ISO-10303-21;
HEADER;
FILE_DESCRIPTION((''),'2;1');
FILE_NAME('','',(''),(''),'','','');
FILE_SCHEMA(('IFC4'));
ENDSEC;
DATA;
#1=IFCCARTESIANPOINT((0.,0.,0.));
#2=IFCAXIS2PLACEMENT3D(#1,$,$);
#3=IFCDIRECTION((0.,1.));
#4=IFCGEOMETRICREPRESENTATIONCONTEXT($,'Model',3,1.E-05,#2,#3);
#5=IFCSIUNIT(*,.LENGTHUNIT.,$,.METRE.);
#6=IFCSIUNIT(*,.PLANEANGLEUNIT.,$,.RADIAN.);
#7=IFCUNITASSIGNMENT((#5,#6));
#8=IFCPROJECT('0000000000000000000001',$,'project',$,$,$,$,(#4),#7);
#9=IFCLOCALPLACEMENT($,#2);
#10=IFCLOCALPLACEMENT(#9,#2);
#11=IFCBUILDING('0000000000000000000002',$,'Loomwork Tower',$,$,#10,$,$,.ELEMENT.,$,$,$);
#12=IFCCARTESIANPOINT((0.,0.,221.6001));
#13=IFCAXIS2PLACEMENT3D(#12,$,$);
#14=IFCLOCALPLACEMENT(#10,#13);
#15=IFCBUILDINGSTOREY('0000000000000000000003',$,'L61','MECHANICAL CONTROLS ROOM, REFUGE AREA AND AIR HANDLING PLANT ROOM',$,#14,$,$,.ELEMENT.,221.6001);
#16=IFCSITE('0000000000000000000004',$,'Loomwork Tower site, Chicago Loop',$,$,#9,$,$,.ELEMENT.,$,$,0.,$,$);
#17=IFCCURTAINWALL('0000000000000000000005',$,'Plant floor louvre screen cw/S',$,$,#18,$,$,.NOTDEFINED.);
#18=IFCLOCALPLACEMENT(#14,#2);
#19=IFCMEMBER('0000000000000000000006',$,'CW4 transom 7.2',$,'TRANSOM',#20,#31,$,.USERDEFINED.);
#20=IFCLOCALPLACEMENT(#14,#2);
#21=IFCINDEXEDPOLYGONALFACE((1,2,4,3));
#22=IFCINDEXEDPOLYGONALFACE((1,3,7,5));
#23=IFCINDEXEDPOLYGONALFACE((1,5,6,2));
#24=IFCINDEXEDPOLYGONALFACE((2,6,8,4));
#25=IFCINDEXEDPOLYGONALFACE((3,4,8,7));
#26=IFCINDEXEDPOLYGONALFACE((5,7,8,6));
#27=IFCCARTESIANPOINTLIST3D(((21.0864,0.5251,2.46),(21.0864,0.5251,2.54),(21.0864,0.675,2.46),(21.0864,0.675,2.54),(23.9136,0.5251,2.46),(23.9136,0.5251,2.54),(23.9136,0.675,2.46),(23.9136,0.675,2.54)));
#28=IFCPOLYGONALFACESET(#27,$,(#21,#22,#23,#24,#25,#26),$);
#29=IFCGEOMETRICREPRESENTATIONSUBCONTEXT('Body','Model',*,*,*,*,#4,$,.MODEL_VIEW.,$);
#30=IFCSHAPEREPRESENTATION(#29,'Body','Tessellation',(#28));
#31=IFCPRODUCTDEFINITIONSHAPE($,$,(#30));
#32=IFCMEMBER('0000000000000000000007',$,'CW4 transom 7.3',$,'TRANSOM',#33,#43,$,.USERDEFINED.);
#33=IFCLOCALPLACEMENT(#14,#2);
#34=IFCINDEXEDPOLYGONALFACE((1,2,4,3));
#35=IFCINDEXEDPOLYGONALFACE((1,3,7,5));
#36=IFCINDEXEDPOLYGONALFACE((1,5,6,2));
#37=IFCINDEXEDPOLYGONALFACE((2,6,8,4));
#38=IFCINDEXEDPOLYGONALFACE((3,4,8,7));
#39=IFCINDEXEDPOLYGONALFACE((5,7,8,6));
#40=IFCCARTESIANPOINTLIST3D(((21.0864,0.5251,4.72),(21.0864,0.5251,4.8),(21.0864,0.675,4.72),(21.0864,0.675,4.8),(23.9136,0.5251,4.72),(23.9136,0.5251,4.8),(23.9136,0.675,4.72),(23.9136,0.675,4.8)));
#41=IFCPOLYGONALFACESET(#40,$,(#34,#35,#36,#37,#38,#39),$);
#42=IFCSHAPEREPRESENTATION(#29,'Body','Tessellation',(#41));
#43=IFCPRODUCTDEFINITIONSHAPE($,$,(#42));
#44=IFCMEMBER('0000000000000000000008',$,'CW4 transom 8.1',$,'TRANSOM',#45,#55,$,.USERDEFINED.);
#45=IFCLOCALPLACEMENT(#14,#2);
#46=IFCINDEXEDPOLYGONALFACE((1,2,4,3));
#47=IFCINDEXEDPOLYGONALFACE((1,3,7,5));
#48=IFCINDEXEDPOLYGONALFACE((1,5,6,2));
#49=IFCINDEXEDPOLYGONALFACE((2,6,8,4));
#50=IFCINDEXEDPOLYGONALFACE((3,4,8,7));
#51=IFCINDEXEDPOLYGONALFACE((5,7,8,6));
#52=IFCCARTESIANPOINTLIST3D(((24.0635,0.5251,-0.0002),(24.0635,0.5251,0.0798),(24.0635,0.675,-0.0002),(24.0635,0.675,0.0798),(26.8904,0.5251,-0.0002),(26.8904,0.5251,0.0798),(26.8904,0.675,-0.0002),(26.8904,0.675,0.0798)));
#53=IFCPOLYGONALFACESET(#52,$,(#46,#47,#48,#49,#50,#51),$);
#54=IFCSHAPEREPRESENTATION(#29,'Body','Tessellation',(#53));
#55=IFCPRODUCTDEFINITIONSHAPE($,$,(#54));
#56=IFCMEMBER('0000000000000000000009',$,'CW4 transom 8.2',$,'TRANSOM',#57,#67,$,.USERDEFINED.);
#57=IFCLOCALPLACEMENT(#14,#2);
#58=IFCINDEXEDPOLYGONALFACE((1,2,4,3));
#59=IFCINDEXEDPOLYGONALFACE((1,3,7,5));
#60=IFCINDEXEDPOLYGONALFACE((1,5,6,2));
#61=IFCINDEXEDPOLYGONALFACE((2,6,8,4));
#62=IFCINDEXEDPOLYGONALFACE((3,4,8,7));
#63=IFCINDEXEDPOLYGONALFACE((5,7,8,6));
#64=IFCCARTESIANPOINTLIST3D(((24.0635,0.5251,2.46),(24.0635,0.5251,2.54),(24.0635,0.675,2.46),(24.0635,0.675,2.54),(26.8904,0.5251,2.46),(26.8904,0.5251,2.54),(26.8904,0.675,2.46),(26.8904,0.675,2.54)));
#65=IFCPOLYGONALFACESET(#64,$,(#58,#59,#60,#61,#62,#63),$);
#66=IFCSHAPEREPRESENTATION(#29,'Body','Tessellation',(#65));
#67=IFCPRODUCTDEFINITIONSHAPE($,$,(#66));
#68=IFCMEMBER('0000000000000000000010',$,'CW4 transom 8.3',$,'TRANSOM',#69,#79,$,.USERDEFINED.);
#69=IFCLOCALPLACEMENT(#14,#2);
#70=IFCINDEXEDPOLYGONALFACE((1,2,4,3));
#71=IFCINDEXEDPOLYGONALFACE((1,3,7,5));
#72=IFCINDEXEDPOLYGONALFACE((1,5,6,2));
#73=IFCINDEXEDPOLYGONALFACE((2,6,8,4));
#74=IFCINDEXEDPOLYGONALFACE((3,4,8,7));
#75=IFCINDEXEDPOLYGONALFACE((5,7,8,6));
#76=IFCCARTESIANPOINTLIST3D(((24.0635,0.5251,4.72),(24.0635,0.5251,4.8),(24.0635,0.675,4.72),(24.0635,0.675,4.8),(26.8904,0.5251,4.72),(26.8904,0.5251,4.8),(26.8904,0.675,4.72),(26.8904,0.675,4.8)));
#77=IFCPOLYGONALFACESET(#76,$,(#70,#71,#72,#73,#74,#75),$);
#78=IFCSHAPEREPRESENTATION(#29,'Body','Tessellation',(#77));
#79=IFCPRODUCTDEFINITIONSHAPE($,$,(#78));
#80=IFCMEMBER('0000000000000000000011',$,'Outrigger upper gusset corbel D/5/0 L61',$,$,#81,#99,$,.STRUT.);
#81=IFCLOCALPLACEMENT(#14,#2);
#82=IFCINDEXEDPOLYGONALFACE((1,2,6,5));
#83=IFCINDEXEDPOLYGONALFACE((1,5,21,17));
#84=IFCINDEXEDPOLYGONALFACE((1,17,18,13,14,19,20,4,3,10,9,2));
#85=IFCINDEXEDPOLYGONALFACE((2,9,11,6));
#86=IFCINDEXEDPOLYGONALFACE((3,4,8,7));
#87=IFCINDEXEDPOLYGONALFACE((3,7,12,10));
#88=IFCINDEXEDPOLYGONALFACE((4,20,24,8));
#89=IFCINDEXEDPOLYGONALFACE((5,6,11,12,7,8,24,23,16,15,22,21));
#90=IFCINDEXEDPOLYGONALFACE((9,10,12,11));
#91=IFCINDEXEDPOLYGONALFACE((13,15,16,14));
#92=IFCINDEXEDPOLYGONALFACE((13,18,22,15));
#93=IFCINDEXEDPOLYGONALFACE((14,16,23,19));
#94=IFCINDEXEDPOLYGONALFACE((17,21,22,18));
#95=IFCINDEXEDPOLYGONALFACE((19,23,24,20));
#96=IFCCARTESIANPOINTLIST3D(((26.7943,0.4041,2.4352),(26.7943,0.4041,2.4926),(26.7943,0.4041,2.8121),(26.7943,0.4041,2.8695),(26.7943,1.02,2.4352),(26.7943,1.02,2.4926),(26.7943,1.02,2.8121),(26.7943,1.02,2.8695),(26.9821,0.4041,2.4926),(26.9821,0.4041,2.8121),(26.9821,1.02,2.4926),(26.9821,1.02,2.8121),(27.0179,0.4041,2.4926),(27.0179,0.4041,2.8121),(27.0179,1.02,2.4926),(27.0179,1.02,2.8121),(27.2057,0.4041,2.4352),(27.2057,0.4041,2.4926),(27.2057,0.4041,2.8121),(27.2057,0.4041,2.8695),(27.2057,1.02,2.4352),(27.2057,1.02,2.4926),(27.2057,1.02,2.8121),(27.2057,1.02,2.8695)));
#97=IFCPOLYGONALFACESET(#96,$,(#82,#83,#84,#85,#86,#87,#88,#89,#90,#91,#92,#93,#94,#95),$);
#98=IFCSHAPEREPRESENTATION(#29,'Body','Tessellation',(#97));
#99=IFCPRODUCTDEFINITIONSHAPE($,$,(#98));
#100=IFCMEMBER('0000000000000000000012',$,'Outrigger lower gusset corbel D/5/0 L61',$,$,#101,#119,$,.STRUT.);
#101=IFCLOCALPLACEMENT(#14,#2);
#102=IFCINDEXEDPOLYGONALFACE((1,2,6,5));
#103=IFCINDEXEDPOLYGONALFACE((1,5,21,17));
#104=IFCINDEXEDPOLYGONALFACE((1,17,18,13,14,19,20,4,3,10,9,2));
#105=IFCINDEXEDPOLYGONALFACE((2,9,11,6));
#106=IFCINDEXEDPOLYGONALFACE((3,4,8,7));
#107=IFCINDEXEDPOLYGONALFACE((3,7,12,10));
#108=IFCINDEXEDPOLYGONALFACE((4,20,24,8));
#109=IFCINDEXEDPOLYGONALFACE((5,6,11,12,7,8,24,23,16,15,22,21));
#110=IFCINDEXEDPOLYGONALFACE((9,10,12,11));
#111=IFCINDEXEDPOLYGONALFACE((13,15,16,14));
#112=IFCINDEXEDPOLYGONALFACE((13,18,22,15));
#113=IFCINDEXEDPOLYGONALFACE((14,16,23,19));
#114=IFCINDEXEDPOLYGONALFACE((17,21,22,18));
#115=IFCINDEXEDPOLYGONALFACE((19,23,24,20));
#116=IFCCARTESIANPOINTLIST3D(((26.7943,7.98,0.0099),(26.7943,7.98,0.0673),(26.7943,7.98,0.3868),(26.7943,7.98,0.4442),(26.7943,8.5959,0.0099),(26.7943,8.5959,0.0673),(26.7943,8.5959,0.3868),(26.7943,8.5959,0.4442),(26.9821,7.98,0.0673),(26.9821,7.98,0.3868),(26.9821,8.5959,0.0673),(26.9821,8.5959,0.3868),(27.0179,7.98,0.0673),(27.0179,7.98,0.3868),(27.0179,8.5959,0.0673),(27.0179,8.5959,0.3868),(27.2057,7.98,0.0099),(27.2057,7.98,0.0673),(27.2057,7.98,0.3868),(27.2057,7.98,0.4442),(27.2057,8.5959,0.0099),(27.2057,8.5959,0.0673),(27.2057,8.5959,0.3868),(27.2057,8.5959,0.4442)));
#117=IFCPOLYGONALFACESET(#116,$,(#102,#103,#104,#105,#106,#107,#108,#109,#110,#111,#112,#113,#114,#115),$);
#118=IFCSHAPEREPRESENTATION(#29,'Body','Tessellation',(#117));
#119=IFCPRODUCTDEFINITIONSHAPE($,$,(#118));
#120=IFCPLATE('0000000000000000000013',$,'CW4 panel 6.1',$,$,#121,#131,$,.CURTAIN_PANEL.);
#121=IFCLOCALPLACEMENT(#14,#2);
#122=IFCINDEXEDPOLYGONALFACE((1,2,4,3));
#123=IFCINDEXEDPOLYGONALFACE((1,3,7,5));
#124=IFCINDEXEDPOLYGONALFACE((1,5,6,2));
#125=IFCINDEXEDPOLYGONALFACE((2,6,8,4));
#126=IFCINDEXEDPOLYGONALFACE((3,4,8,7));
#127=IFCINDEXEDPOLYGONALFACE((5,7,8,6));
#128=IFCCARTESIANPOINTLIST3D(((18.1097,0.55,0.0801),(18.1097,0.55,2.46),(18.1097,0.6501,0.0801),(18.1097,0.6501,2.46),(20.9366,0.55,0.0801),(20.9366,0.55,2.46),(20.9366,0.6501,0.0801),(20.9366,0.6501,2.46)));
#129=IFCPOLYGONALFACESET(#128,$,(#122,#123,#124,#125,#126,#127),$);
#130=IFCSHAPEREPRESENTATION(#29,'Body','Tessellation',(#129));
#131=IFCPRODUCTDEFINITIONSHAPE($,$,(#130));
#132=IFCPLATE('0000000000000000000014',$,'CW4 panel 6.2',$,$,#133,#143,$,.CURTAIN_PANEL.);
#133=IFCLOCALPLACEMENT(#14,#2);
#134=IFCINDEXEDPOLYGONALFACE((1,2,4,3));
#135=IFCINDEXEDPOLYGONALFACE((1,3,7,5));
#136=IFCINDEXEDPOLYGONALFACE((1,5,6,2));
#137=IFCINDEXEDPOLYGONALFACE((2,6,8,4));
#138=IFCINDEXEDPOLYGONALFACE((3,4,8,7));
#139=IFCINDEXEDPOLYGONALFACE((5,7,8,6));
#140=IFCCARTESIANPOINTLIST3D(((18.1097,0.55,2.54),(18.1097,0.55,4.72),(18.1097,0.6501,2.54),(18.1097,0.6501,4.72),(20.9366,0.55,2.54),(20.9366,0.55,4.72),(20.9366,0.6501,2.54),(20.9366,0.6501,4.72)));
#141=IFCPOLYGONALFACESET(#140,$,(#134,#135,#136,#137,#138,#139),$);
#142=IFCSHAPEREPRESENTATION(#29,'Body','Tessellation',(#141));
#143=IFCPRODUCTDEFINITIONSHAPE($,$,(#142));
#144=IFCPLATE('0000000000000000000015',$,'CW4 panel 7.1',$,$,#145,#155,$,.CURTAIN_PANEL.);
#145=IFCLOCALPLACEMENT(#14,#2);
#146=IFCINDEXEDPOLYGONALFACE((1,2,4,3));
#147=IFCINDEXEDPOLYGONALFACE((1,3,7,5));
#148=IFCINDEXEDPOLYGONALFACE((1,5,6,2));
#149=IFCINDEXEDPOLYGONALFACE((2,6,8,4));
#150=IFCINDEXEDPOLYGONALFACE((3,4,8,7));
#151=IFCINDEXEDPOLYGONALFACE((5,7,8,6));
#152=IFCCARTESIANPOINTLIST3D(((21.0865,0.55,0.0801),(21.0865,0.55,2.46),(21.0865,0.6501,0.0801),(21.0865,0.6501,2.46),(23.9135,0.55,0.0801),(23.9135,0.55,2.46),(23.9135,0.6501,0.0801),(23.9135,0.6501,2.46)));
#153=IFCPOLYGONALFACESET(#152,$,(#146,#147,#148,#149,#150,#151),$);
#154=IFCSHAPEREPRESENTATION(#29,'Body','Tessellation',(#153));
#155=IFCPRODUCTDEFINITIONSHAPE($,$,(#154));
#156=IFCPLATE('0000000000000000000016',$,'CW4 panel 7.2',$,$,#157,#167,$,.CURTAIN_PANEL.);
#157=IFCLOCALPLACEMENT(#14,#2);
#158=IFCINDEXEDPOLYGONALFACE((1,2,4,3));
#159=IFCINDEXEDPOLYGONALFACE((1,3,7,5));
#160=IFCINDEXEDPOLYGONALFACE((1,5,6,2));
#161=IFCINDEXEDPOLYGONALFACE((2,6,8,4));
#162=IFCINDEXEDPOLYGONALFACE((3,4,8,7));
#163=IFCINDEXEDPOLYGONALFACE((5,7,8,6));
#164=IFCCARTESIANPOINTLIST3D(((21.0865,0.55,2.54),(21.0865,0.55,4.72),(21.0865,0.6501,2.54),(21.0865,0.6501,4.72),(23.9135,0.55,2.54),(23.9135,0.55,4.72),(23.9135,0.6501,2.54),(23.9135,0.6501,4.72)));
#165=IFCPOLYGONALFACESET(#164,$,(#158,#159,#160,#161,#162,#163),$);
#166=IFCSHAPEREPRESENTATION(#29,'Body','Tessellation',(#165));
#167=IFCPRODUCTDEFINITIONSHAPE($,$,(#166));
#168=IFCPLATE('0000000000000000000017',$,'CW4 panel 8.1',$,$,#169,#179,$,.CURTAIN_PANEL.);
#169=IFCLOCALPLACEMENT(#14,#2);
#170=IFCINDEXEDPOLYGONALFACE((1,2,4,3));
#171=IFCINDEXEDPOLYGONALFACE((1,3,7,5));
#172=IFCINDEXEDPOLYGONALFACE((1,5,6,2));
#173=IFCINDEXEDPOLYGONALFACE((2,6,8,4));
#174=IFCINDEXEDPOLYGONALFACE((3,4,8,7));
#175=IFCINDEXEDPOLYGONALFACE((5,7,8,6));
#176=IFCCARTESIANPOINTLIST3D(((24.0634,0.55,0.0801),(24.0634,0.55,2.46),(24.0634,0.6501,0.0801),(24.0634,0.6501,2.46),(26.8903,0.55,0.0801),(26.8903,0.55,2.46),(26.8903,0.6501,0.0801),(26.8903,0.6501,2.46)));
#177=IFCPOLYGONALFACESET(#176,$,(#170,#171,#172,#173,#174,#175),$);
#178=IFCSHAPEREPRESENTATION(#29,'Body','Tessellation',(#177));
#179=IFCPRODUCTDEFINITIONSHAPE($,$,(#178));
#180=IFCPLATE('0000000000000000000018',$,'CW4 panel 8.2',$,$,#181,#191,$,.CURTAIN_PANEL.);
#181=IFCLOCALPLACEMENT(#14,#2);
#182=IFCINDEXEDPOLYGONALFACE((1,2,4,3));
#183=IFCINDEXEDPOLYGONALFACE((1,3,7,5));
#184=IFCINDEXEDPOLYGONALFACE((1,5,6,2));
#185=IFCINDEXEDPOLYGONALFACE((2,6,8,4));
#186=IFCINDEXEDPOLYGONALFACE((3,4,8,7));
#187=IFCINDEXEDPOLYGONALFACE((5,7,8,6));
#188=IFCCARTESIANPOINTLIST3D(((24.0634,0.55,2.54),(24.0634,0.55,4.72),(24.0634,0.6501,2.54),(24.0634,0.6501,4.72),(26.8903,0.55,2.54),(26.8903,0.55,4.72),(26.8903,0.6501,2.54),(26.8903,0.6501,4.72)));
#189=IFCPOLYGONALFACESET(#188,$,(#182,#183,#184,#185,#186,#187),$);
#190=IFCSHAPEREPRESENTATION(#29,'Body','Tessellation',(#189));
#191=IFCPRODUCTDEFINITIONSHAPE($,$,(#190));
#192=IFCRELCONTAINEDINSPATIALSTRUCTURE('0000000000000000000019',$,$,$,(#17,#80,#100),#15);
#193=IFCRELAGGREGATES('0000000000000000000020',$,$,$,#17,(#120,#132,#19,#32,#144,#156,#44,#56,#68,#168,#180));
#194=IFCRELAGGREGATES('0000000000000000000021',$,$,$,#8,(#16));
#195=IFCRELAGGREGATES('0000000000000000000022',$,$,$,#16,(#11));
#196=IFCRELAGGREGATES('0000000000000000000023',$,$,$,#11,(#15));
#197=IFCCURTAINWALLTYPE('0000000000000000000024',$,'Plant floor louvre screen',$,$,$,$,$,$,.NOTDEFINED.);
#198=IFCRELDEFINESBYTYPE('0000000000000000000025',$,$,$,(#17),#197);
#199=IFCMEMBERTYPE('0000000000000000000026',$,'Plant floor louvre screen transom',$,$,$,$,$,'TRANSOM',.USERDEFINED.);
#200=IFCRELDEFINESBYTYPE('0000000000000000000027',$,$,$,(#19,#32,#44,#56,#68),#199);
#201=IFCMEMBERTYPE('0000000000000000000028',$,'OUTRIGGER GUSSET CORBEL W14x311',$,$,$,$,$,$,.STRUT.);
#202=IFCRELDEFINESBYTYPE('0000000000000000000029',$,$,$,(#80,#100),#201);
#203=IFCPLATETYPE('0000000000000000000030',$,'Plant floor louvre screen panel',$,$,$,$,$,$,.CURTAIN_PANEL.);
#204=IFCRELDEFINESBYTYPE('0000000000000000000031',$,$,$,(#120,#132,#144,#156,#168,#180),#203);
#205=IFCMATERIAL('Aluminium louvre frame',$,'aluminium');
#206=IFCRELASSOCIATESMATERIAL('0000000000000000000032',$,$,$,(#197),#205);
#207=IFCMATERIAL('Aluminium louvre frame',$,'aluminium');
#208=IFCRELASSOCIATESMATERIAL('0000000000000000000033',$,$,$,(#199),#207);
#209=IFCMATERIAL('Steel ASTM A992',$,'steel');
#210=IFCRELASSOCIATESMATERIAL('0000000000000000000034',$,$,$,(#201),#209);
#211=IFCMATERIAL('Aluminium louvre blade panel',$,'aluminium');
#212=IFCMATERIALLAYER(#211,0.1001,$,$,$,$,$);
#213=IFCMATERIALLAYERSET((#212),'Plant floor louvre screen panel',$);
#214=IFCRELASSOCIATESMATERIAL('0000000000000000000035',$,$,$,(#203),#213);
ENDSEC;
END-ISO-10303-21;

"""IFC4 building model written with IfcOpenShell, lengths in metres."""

from ifc_helpers import new_model, si_unit, direction, frame, origin, origin_2d, place, context, subcontext, project, spatial, rectangle, i_section, extrude, material, layer, layer_set, material_profile, profile_set, type_object, element, aggregate, save


model = new_model("IFC4")

# Units and contexts
model_context = context("Model", 3, precision=1e-05, world=origin(), true_north=direction((0.0, 1.0)))
body_context = subcontext(model_context, "Body", "Model", "MODEL_VIEW")
ifc_project = project(units=[si_unit("LENGTHUNIT", "METRE"), si_unit("PLANEANGLEUNIT", "RADIAN")], contexts=[model_context])

# Site, building, storey
site_placement = place(None, origin())
site = spatial("IfcSite", under=ifc_project, at=site_placement, Name="Loomwork Tower site, Chicago Loop", CompositionType="ELEMENT", RefElevation=0.0)
building_placement = place(site_placement, origin())
building = spatial("IfcBuilding", under=site, at=building_placement, Name="Loomwork Tower", CompositionType="ELEMENT")
storey_placement = place(building_placement, frame((0.0, 0.0, 221.6001)))
storey = spatial("IfcBuildingStorey", under=building, at=storey_placement, Name="L61", Description="MECHANICAL CONTROLS ROOM, REFUGE AREA AND AIR HANDLING PLANT ROOM", CompositionType="ELEMENT", Elevation=221.6001)

# Curtain wall, members
ifc_material_1 = material(Name="Aluminium louvre frame", Category="aluminium")
curtain_wall_type = type_object("IfcCurtainWallType", Name="Plant floor louvre screen", PredefinedType="NOTDEFINED", material=ifc_material_1)
curtain_wall_placement = place(storey_placement, origin())
curtain_wall = element("IfcCurtainWall", 1, at=curtain_wall_placement, inside=storey, type_object=curtain_wall_type, Name="Plant floor louvre screen cw/S", PredefinedType="NOTDEFINED")
ifc_material_2 = material(Name="Aluminium louvre frame", Category="aluminium")
ifc_material_profile_1 = material_profile(ifc_material_2, rectangle(XDim=0.1499, YDim=0.0801, at=origin_2d()), Name="AL 80x150")
ifc_profile_set_1 = profile_set([ifc_material_profile_1], Name="Aluminium louvre frame")
member_type_1 = type_object("IfcMemberType", Name="Plant floor louvre screen transom", ElementType="TRANSOM", PredefinedType="USERDEFINED", material=ifc_profile_set_1)
member_1_placement = place(storey_placement, frame((21.0864, 0.6001, 2.5), z_axis=(1.0, 0.0, 0.0), x_axis=(0.0, 1.0, 0.0)))
member_1 = element("IfcMember", 2, at=member_1_placement, type_object=member_type_1, Name="CW4 transom 7.2", ObjectType="TRANSOM", PredefinedType="USERDEFINED", context=body_context, shape_type="SweptSolid", body=[
    extrude(rectangle(XDim=0.1499, YDim=0.0801, at=origin_2d()), origin(), (0.0, 0.0, 1.0), 2.8271),
])
member_2_placement = place(storey_placement, frame((21.0864, 0.6001, 4.76), z_axis=(1.0, 0.0, 0.0), x_axis=(0.0, 1.0, 0.0)))
member_2 = element("IfcMember", 3, at=member_2_placement, type_object=member_type_1, Name="CW4 transom 7.3", ObjectType="TRANSOM", PredefinedType="USERDEFINED", context=body_context, shape_type="SweptSolid", body=[
    extrude(rectangle(XDim=0.1499, YDim=0.0801, at=origin_2d()), origin(), (0.0, 0.0, 1.0), 2.8271),
])
member_3_placement = place(storey_placement, frame((24.0635, 0.6001, 0.0398), z_axis=(1.0, 0.0, 0.0), x_axis=(0.0, 1.0, 0.0)))
member_3 = element("IfcMember", 4, at=member_3_placement, type_object=member_type_1, Name="CW4 transom 8.1", ObjectType="TRANSOM", PredefinedType="USERDEFINED", context=body_context, shape_type="SweptSolid", body=[
    extrude(rectangle(XDim=0.1499, YDim=0.0801, at=origin_2d()), origin(), (0.0, 0.0, 1.0), 2.8269),
])
member_4_placement = place(storey_placement, frame((24.0635, 0.6001, 2.5), z_axis=(1.0, 0.0, 0.0), x_axis=(0.0, 1.0, 0.0)))
member_4 = element("IfcMember", 5, at=member_4_placement, type_object=member_type_1, Name="CW4 transom 8.2", ObjectType="TRANSOM", PredefinedType="USERDEFINED", context=body_context, shape_type="SweptSolid", body=[
    extrude(rectangle(XDim=0.1499, YDim=0.0801, at=origin_2d()), origin(), (0.0, 0.0, 1.0), 2.8269),
])
member_5_placement = place(storey_placement, frame((24.0635, 0.6001, 4.76), z_axis=(1.0, 0.0, 0.0), x_axis=(0.0, 1.0, 0.0)))
member_5 = element("IfcMember", 6, at=member_5_placement, type_object=member_type_1, Name="CW4 transom 8.3", ObjectType="TRANSOM", PredefinedType="USERDEFINED", context=body_context, shape_type="SweptSolid", body=[
    extrude(rectangle(XDim=0.1499, YDim=0.0801, at=origin_2d()), origin(), (0.0, 0.0, 1.0), 2.8269),
])

# Members
ifc_material_3 = material(Name="Steel ASTM A992", Category="steel")
ifc_material_profile_2 = material_profile(ifc_material_3, i_section(OverallWidth=0.4114, OverallDepth=0.4343, WebThickness=0.0359, FlangeThickness=0.0574, at=origin_2d()), Name="W14x311")
ifc_profile_set_2 = profile_set([ifc_material_profile_2], Name="Steel ASTM A992")
member_type_2 = type_object("IfcMemberType", Name="OUTRIGGER GUSSET CORBEL W14x311", PredefinedType="STRUT", material=ifc_profile_set_2)
for number, where, z_axis, x_axis, name in (
    (7, (27.0, 0.4041, 2.6523), (0.0, 1.0, 0.0), (-1.0, 0.0, 0.0), "Outrigger upper gusset corbel D/5/0 L61"),
    (8, (27.0, 8.5959, 0.2271), (0.0, -1.0, 0.0), (1.0, 0.0, 0.0), "Outrigger lower gusset corbel D/5/0 L61"),
):
    element("IfcMember", number, at=place(storey_placement, frame(where, z_axis=z_axis, x_axis=x_axis)), inside=storey, type_object=member_type_2, Name=name, PredefinedType="STRUT", context=body_context, shape_type="SweptSolid", body=[
        extrude(i_section(OverallWidth=0.4114, OverallDepth=0.4343, WebThickness=0.0359, FlangeThickness=0.0574, at=origin_2d()), origin(), (0.0, 0.0, 1.0), 0.616),
    ])

# Plates
ifc_material_4 = material(Name="Aluminium louvre blade panel", Category="aluminium")
ifc_layer_1 = layer(ifc_material_4, 0.1001)
ifc_layer_set_1 = layer_set([ifc_layer_1], Name="Plant floor louvre screen panel")
plate_type_1 = type_object("IfcPlateType", Name="Plant floor louvre screen panel", PredefinedType="CURTAIN_PANEL", material=ifc_layer_set_1)
plate_1_placement = place(storey_placement, frame((19.5232, 0.6001, 0.0801), z_axis=(0.0, 0.0, 1.0), x_axis=(1.0, 0.0, 0.0)))
plate_1 = element("IfcPlate", 9, at=plate_1_placement, type_object=plate_type_1, Name="CW4 panel 6.1", PredefinedType="CURTAIN_PANEL", context=body_context, shape_type="SweptSolid", body=[
    extrude(rectangle(XDim=2.8269, YDim=0.1001, at=origin_2d()), origin(), (0.0, 0.0, 1.0), 2.3799),
])
plate_2_placement = place(storey_placement, frame((19.5232, 0.6001, 2.54), z_axis=(0.0, 0.0, 1.0), x_axis=(1.0, 0.0, 0.0)))
plate_2 = element("IfcPlate", 10, at=plate_2_placement, type_object=plate_type_1, Name="CW4 panel 6.2", PredefinedType="CURTAIN_PANEL", context=body_context, shape_type="SweptSolid", body=[
    extrude(rectangle(XDim=2.8269, YDim=0.1001, at=origin_2d()), origin(), (0.0, 0.0, 1.0), 2.1799),
])
plate_3_placement = place(storey_placement, frame((22.5, 0.6001, 0.0801), z_axis=(0.0, 0.0, 1.0), x_axis=(1.0, 0.0, 0.0)))
plate_3 = element("IfcPlate", 11, at=plate_3_placement, type_object=plate_type_1, Name="CW4 panel 7.1", PredefinedType="CURTAIN_PANEL", context=body_context, shape_type="SweptSolid", body=[
    extrude(rectangle(XDim=2.8269, YDim=0.1001, at=origin_2d()), origin(), (0.0, 0.0, 1.0), 2.3799),
])
plate_4_placement = place(storey_placement, frame((22.5, 0.6001, 2.54), z_axis=(0.0, 0.0, 1.0), x_axis=(1.0, 0.0, 0.0)))
plate_4 = element("IfcPlate", 12, at=plate_4_placement, type_object=plate_type_1, Name="CW4 panel 7.2", PredefinedType="CURTAIN_PANEL", context=body_context, shape_type="SweptSolid", body=[
    extrude(rectangle(XDim=2.8269, YDim=0.1001, at=origin_2d()), origin(), (0.0, 0.0, 1.0), 2.1799),
])
plate_5_placement = place(storey_placement, frame((25.4768, 0.6001, 0.0801), z_axis=(0.0, 0.0, 1.0), x_axis=(1.0, 0.0, 0.0)))
plate_5 = element("IfcPlate", 13, at=plate_5_placement, type_object=plate_type_1, Name="CW4 panel 8.1", PredefinedType="CURTAIN_PANEL", context=body_context, shape_type="SweptSolid", body=[
    extrude(rectangle(XDim=2.8269, YDim=0.1001, at=origin_2d()), origin(), (0.0, 0.0, 1.0), 2.3799),
])
plate_6_placement = place(storey_placement, frame((25.4768, 0.6001, 2.54), z_axis=(0.0, 0.0, 1.0), x_axis=(1.0, 0.0, 0.0)))
plate_6 = element("IfcPlate", 14, at=plate_6_placement, type_object=plate_type_1, Name="CW4 panel 8.2", PredefinedType="CURTAIN_PANEL", context=body_context, shape_type="SweptSolid", body=[
    extrude(rectangle(XDim=2.8269, YDim=0.1001, at=origin_2d()), origin(), (0.0, 0.0, 1.0), 2.1799),
])
aggregate(curtain_wall, [plate_1, plate_2, member_1, member_2, plate_3, plate_4, member_3, member_4, member_5, plate_5, plate_6])

save(model, "model.ifc")
